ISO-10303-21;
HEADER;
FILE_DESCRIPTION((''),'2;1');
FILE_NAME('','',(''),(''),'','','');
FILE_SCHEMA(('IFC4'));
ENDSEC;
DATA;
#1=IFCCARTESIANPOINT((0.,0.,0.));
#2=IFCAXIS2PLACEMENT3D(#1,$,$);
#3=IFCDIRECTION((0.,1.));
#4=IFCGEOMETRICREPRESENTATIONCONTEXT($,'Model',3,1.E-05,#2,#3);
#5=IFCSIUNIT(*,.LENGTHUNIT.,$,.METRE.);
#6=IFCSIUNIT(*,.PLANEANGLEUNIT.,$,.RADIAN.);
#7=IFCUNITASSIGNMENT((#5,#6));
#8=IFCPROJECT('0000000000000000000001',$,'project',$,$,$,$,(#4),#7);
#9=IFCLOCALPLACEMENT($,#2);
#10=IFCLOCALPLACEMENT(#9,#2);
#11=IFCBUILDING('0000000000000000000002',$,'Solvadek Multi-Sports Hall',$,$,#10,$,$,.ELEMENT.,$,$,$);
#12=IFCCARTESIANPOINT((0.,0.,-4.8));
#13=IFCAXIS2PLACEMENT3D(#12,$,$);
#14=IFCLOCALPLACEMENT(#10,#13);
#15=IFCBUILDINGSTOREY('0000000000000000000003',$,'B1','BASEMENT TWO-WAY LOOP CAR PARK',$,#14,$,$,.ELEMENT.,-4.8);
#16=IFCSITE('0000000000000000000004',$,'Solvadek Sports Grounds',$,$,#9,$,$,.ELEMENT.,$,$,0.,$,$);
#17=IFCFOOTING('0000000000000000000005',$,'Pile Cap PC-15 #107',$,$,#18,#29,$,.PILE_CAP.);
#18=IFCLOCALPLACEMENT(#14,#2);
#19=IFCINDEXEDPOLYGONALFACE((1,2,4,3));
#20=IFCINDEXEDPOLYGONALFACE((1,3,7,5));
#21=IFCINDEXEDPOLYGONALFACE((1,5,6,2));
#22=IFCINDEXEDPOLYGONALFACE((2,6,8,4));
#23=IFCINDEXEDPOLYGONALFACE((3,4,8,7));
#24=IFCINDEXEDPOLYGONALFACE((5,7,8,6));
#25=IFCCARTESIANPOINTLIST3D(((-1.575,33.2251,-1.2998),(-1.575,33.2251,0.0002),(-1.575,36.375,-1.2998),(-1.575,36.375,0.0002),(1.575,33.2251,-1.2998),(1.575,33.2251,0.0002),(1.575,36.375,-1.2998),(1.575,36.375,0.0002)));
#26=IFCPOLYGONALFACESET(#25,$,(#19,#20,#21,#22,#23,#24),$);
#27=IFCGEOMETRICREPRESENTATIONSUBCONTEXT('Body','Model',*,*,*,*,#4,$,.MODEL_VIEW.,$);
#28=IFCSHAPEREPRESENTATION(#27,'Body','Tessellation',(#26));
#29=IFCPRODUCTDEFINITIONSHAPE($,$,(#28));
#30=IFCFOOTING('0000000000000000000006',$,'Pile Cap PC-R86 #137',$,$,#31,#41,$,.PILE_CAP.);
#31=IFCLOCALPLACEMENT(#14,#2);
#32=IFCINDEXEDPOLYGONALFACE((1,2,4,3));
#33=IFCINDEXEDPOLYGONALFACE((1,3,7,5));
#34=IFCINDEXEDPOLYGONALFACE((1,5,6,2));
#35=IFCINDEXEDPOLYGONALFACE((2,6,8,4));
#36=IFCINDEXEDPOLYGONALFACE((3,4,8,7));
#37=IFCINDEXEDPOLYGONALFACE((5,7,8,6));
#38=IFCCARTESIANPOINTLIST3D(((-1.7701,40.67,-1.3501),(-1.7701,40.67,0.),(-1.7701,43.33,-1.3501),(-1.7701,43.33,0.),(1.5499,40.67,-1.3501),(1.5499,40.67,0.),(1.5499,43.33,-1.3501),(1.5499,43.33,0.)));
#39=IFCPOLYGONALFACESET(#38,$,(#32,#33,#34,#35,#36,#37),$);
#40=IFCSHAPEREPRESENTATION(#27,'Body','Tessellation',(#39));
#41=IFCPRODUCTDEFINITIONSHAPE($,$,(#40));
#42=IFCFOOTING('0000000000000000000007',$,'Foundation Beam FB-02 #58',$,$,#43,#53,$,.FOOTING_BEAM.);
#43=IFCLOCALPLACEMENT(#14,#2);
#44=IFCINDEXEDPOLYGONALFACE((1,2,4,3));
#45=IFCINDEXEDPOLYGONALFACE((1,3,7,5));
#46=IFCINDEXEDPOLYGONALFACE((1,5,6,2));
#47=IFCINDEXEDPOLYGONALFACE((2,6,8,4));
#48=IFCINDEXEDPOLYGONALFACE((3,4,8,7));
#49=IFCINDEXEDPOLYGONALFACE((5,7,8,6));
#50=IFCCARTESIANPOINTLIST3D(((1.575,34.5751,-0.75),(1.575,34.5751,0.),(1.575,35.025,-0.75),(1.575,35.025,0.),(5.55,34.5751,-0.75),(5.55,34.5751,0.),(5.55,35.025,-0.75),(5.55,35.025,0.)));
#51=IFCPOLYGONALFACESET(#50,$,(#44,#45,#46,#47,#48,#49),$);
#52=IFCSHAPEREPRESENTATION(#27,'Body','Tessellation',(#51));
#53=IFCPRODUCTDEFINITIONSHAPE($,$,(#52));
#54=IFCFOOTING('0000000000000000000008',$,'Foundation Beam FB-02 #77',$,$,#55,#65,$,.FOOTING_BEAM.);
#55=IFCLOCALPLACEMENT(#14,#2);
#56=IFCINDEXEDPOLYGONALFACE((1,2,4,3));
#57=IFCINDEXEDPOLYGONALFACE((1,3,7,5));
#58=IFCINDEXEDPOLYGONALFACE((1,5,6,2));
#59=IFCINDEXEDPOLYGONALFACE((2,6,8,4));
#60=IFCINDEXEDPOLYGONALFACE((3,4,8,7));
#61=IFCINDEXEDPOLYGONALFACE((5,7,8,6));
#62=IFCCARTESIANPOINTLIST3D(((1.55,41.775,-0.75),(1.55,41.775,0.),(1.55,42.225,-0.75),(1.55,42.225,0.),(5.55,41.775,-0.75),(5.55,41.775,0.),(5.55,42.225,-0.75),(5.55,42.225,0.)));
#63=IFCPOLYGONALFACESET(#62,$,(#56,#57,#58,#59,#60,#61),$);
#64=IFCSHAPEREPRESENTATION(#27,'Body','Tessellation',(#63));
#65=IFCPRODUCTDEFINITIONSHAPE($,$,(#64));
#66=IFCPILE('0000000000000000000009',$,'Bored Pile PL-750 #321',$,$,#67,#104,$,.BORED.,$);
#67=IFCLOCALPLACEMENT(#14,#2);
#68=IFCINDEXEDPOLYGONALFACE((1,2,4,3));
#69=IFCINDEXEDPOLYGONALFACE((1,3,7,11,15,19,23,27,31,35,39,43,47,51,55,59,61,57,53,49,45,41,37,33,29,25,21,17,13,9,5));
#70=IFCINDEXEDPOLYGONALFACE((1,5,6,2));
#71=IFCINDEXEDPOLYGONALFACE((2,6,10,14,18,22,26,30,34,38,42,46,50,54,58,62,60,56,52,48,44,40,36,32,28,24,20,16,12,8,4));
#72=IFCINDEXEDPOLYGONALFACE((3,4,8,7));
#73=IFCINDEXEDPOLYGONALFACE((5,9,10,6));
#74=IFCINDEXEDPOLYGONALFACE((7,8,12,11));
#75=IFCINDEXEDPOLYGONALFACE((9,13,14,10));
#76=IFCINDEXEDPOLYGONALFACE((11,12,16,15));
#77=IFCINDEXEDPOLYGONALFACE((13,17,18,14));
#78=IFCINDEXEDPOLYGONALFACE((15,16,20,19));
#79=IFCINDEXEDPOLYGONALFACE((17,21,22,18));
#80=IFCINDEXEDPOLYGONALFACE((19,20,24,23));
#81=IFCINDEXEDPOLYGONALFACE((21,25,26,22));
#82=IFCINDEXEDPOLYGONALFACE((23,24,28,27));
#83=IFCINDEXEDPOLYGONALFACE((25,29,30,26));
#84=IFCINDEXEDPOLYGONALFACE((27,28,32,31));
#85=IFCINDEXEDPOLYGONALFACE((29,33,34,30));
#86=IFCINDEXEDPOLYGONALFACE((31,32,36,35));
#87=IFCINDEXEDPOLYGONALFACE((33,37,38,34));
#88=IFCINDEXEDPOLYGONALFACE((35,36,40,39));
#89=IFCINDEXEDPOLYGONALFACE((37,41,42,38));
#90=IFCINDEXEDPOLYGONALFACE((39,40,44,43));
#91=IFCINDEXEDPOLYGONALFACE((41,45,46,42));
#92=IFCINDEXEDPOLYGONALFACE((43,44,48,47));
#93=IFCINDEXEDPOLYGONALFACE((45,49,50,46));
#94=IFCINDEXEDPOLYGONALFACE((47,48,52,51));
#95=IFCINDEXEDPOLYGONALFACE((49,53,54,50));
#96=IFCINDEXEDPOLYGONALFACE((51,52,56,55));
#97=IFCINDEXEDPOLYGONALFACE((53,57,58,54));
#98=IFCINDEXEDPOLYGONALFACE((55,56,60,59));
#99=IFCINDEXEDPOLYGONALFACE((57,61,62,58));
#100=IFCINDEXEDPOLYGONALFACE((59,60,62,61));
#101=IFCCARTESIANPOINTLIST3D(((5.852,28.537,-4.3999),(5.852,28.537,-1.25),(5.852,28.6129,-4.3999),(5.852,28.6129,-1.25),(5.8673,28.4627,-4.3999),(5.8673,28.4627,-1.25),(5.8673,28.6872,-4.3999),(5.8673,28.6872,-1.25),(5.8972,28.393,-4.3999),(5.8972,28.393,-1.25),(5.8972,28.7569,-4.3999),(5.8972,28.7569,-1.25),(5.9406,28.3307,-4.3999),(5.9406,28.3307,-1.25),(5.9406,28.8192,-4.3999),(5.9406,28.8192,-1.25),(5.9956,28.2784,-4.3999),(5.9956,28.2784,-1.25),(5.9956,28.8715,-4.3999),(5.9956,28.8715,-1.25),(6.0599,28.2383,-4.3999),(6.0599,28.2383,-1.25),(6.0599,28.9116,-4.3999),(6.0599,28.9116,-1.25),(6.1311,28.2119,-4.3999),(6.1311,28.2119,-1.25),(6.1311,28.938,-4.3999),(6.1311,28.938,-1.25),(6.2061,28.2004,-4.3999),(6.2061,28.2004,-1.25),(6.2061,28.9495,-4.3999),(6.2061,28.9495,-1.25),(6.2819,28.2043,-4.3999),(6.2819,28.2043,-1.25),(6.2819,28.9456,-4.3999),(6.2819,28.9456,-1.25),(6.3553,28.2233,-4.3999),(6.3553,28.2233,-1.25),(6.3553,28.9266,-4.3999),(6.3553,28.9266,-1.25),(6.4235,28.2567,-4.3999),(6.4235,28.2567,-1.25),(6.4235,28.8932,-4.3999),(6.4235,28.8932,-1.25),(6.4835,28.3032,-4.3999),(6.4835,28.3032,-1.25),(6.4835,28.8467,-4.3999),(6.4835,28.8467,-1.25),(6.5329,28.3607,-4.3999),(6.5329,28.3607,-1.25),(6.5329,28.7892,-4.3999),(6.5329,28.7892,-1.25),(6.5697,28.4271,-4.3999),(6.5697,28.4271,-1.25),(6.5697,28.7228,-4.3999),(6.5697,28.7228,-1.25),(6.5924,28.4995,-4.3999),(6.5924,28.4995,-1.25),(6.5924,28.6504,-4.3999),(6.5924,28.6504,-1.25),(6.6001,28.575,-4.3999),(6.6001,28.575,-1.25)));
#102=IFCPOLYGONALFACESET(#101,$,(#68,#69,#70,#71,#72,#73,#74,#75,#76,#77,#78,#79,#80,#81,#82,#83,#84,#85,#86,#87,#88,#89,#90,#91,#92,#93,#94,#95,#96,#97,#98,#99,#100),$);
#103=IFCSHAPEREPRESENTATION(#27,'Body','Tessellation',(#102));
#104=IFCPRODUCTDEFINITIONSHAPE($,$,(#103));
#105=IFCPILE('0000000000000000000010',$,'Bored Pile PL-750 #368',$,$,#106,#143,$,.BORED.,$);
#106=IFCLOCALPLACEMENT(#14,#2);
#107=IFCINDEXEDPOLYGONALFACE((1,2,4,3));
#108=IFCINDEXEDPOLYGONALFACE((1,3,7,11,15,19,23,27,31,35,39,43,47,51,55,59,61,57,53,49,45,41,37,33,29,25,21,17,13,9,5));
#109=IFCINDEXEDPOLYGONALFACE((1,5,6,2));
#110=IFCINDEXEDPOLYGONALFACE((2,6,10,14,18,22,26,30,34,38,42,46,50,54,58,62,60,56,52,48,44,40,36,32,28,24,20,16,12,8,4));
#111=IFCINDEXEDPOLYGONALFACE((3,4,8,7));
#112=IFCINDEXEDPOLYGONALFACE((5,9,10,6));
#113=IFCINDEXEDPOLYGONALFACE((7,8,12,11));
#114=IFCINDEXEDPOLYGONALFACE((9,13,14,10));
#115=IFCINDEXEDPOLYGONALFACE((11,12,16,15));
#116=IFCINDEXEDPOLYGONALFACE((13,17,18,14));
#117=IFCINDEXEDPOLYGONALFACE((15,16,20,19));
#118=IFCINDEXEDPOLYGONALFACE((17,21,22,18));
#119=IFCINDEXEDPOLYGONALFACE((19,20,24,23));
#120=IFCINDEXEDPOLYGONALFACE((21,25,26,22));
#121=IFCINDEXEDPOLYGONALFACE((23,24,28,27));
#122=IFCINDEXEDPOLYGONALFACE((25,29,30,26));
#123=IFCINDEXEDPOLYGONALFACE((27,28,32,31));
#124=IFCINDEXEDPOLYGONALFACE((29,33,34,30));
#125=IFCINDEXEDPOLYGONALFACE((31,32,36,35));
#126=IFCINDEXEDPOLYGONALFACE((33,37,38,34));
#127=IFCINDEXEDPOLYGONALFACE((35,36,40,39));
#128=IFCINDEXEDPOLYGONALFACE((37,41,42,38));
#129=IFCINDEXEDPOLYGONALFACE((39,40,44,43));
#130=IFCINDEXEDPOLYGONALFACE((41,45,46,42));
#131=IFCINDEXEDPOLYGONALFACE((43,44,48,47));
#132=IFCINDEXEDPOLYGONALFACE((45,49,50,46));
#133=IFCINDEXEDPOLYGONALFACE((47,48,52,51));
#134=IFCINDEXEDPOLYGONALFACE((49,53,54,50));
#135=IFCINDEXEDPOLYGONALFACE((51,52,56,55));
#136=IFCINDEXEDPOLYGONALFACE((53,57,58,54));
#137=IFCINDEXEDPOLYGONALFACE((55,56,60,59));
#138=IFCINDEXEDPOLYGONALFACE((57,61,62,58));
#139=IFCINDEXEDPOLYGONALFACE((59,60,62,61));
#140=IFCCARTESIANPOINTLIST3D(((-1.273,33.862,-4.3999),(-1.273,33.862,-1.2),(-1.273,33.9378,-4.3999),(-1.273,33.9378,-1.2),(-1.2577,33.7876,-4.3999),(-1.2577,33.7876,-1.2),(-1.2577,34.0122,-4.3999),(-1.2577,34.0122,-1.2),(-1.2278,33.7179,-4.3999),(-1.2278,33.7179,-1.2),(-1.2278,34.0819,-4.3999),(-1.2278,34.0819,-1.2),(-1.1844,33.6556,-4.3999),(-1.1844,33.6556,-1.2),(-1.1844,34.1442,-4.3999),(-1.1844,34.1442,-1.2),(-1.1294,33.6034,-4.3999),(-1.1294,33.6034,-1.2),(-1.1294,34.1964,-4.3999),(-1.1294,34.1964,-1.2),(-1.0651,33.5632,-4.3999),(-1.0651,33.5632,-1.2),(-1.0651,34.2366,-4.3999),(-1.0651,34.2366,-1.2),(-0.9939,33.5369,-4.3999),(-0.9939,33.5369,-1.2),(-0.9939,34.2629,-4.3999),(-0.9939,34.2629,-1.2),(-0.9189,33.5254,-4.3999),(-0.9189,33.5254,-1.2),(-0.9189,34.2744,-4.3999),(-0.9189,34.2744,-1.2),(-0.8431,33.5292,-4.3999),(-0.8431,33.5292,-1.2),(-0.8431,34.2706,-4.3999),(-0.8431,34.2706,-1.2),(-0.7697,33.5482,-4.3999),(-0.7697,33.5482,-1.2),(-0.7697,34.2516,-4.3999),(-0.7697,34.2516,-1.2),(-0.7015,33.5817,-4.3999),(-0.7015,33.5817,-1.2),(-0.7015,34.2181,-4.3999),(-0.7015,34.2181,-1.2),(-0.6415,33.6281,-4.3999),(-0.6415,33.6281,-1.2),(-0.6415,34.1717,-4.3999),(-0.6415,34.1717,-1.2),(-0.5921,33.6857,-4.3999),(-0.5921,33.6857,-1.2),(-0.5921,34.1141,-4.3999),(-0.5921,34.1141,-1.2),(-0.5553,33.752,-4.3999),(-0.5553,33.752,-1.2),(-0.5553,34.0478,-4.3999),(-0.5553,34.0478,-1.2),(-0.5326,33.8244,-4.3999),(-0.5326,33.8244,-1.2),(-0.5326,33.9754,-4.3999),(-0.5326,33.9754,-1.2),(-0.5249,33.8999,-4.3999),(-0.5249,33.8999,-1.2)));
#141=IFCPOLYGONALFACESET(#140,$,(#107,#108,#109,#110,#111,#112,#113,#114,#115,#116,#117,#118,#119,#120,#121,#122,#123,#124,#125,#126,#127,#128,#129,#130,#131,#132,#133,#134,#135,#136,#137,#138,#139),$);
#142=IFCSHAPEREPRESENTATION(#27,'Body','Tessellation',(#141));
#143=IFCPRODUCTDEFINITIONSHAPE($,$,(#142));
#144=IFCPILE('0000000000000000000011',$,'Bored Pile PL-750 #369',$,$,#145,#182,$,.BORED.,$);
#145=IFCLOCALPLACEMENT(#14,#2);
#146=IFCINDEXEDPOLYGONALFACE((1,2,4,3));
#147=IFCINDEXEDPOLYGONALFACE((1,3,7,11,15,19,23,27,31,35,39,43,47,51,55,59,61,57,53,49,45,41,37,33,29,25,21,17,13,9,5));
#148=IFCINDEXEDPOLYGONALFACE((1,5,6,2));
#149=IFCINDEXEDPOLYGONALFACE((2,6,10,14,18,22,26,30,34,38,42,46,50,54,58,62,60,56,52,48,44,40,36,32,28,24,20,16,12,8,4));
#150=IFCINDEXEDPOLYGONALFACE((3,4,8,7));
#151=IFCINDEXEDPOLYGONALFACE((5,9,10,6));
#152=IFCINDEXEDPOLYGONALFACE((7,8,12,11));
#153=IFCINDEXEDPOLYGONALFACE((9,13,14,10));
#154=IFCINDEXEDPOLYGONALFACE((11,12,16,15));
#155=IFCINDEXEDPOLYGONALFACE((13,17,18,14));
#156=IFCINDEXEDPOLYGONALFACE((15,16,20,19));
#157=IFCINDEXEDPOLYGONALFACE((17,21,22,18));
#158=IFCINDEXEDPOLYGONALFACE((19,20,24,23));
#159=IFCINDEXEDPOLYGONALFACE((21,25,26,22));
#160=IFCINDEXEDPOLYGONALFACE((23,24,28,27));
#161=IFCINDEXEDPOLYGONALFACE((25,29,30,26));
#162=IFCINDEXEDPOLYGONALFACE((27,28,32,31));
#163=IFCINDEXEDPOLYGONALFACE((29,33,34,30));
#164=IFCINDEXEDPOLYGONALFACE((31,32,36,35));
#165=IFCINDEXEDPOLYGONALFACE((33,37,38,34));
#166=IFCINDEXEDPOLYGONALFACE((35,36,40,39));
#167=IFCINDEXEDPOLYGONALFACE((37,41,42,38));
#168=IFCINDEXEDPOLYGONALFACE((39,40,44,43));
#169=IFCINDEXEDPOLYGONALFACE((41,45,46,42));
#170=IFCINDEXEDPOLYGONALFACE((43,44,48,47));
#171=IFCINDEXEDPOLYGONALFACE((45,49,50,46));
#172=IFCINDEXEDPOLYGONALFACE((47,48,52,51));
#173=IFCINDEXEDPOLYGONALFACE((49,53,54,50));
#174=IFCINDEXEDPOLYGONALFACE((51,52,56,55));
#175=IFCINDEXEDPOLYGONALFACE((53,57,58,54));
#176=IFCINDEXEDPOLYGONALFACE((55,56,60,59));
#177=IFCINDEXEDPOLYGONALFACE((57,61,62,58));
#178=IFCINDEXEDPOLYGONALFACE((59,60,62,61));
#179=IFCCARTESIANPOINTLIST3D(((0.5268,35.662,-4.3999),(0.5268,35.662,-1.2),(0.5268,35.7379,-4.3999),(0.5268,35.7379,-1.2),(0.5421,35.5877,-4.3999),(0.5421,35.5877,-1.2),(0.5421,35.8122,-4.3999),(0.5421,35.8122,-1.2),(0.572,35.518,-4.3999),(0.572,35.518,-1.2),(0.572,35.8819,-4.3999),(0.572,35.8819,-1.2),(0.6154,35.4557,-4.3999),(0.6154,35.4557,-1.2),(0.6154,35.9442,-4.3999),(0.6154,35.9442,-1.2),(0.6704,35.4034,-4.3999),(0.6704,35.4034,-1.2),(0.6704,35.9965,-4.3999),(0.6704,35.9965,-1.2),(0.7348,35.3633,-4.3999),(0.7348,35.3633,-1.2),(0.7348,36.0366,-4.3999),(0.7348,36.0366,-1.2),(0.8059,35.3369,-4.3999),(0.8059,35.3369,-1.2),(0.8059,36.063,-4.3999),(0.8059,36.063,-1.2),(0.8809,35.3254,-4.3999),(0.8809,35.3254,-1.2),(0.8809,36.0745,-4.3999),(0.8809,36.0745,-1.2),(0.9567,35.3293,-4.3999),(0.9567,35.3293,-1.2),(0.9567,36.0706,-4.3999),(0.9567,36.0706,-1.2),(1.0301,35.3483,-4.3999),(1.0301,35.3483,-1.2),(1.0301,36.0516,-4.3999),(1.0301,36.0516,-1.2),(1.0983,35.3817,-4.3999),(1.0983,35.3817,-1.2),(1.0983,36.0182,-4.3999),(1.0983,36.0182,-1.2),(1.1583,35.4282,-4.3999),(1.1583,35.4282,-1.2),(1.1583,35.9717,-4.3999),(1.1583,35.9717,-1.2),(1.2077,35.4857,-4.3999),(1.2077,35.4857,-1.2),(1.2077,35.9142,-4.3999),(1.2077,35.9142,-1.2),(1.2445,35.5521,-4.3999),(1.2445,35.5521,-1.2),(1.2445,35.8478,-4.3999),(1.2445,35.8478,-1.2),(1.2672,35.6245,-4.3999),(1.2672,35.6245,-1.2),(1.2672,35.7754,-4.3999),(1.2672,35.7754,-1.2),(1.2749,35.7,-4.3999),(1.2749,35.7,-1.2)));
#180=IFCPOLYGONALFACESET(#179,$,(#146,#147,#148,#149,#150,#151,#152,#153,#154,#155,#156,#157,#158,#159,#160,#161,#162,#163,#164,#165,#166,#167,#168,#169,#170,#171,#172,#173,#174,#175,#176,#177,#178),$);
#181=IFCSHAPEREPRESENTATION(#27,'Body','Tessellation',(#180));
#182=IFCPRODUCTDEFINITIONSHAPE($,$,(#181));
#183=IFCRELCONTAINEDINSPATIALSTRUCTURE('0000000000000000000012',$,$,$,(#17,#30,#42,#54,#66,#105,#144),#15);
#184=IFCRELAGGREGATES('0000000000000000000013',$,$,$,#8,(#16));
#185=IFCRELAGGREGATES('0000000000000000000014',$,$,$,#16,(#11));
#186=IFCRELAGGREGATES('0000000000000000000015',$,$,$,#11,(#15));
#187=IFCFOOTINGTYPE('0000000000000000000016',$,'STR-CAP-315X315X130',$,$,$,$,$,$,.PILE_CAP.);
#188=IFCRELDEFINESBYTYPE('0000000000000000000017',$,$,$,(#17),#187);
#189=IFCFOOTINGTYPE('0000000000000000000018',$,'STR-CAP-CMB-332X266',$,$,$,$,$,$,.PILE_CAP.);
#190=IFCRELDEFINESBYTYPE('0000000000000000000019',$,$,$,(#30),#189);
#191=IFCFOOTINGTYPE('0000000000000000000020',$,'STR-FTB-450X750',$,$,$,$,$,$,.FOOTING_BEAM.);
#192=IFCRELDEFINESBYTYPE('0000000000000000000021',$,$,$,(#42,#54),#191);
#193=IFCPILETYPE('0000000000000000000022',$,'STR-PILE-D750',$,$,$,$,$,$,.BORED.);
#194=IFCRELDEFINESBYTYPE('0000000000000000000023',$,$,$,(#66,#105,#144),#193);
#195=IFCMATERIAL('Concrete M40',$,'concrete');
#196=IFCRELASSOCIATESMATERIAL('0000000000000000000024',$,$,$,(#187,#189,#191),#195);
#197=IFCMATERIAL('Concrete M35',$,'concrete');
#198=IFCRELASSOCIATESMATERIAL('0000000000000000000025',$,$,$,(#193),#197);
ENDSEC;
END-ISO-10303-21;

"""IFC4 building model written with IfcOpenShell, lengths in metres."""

from ifc_helpers import new_model, si_unit, direction, frame, origin, origin_2d, place, context, subcontext, project, spatial, rectangle, circle, extrude, material, material_profile, profile_set, type_object, element, save


model = new_model("IFC4")

# Units and contexts
model_context = context("Model", 3, precision=1e-05, world=origin(), true_north=direction((0.0, 1.0)))
body_context = subcontext(model_context, "Body", "Model", "MODEL_VIEW")
ifc_project = project(units=[si_unit("LENGTHUNIT", "METRE"), si_unit("PLANEANGLEUNIT", "RADIAN")], contexts=[model_context])

# Site, building, storey
site_placement = place(None, origin())
site = spatial("IfcSite", under=ifc_project, at=site_placement, Name="Solvadek Sports Grounds", CompositionType="ELEMENT", RefElevation=0.0)
building_placement = place(site_placement, origin())
building = spatial("IfcBuilding", under=site, at=building_placement, Name="Solvadek Multi-Sports Hall", CompositionType="ELEMENT")
storey_placement = place(building_placement, frame((0.0, 0.0, -4.8)))
storey = spatial("IfcBuildingStorey", under=building, at=storey_placement, Name="B1", Description="BASEMENT TWO-WAY LOOP CAR PARK", CompositionType="ELEMENT", Elevation=-4.8)

# Footings
ifc_material_1 = material(Name="Concrete M40", Category="concrete")
footing_type_1 = type_object("IfcFootingType", Name="STR-CAP-315X315X130", PredefinedType="PILE_CAP", material=ifc_material_1)
footing_1_placement = place(storey_placement, frame((0.0, 34.8, -1.2998), z_axis=(0.0, 0.0, 1.0), x_axis=(1.0, 0.0, 0.0)))
element("IfcFooting", 1, at=footing_1_placement, inside=storey, type_object=footing_type_1, Name="Pile Cap PC-15 #107", PredefinedType="PILE_CAP", context=body_context, shape_type="SweptSolid", body=[
    extrude(rectangle(XDim=3.1499, YDim=3.1499, at=origin_2d()), origin(), (0.0, 0.0, 1.0), 1.3),
])
footing_type_2 = type_object("IfcFootingType", Name="STR-CAP-CMB-332X266", PredefinedType="PILE_CAP", material=ifc_material_1)
footing_2_placement = place(storey_placement, frame((-0.1101, 42.0, -1.3501), z_axis=(0.0, 0.0, 1.0), x_axis=(1.0, 0.0, 0.0)))
element("IfcFooting", 2, at=footing_2_placement, inside=storey, type_object=footing_type_2, Name="Pile Cap PC-R86 #137", PredefinedType="PILE_CAP", context=body_context, shape_type="SweptSolid", body=[
    extrude(rectangle(XDim=3.3201, YDim=2.6599, at=origin_2d()), origin(), (0.0, 0.0, 1.0), 1.3501),
])
footing_type_3 = type_object("IfcFootingType", Name="STR-FTB-450X750", PredefinedType="FOOTING_BEAM", material=ifc_material_1)
footing_3_placement = place(storey_placement, frame((3.5625, 34.8, -0.75), z_axis=(0.0, 0.0, 1.0), x_axis=(1.0, 0.0, 0.0)))
element("IfcFooting", 3, at=footing_3_placement, inside=storey, type_object=footing_type_3, Name="Foundation Beam FB-02 #58", PredefinedType="FOOTING_BEAM", context=body_context, shape_type="SweptSolid", body=[
    extrude(rectangle(XDim=3.9751, YDim=0.45, at=origin_2d()), origin(), (0.0, 0.0, 1.0), 0.75),
])
footing_4_placement = place(storey_placement, frame((3.55, 42.0, -0.75), z_axis=(0.0, 0.0, 1.0), x_axis=(1.0, 0.0, 0.0)))
element("IfcFooting", 4, at=footing_4_placement, inside=storey, type_object=footing_type_3, Name="Foundation Beam FB-02 #77", PredefinedType="FOOTING_BEAM", context=body_context, shape_type="SweptSolid", body=[
    extrude(rectangle(XDim=4.0, YDim=0.45, at=origin_2d()), origin(), (0.0, 0.0, 1.0), 0.75),
])

# Piles
ifc_material_2 = material(Name="Concrete M35", Category="concrete")
ifc_material_profile_1 = material_profile(ifc_material_2, circle(Radius=0.375, at=origin_2d()), Name="BORED PILE D750")
ifc_profile_set_1 = profile_set([ifc_material_profile_1], Name="Concrete M35")
pile_type = type_object("IfcPileType", Name="STR-PILE-D750", PredefinedType="BORED", material=ifc_profile_set_1)
pile_placement = place(storey_placement, frame((6.2251, 28.575, -1.25), z_axis=(0.0, 0.0, -1.0), x_axis=(1.0, 0.0, 0.0)))
element("IfcPile", 5, at=pile_placement, inside=storey, type_object=pile_type, Name="Bored Pile PL-750 #321", PredefinedType="BORED", context=body_context, shape_type="SweptSolid", body=[
    extrude(circle(Radius=0.375, at=origin_2d()), origin(), (0.0, 0.0, 1.0), 3.1499),
])
for number, where, z_axis, x_axis, name in (
    (6, (-0.8999, 33.8999, -1.2), (0.0, 0.0, -1.0), (1.0, 0.0, 0.0), "Bored Pile PL-750 #368"),
    (7, (0.8999, 35.7, -1.2), (0.0, 0.0, -1.0), (1.0, 0.0, 0.0), "Bored Pile PL-750 #369"),
):
    element("IfcPile", number, at=place(storey_placement, frame(where, z_axis=z_axis, x_axis=x_axis)), inside=storey, type_object=pile_type, Name=name, PredefinedType="BORED", context=body_context, shape_type="SweptSolid", body=[
        extrude(circle(Radius=0.375, at=origin_2d()), origin(), (0.0, 0.0, 1.0), 3.2),
    ])

save(model, "model.ifc")
